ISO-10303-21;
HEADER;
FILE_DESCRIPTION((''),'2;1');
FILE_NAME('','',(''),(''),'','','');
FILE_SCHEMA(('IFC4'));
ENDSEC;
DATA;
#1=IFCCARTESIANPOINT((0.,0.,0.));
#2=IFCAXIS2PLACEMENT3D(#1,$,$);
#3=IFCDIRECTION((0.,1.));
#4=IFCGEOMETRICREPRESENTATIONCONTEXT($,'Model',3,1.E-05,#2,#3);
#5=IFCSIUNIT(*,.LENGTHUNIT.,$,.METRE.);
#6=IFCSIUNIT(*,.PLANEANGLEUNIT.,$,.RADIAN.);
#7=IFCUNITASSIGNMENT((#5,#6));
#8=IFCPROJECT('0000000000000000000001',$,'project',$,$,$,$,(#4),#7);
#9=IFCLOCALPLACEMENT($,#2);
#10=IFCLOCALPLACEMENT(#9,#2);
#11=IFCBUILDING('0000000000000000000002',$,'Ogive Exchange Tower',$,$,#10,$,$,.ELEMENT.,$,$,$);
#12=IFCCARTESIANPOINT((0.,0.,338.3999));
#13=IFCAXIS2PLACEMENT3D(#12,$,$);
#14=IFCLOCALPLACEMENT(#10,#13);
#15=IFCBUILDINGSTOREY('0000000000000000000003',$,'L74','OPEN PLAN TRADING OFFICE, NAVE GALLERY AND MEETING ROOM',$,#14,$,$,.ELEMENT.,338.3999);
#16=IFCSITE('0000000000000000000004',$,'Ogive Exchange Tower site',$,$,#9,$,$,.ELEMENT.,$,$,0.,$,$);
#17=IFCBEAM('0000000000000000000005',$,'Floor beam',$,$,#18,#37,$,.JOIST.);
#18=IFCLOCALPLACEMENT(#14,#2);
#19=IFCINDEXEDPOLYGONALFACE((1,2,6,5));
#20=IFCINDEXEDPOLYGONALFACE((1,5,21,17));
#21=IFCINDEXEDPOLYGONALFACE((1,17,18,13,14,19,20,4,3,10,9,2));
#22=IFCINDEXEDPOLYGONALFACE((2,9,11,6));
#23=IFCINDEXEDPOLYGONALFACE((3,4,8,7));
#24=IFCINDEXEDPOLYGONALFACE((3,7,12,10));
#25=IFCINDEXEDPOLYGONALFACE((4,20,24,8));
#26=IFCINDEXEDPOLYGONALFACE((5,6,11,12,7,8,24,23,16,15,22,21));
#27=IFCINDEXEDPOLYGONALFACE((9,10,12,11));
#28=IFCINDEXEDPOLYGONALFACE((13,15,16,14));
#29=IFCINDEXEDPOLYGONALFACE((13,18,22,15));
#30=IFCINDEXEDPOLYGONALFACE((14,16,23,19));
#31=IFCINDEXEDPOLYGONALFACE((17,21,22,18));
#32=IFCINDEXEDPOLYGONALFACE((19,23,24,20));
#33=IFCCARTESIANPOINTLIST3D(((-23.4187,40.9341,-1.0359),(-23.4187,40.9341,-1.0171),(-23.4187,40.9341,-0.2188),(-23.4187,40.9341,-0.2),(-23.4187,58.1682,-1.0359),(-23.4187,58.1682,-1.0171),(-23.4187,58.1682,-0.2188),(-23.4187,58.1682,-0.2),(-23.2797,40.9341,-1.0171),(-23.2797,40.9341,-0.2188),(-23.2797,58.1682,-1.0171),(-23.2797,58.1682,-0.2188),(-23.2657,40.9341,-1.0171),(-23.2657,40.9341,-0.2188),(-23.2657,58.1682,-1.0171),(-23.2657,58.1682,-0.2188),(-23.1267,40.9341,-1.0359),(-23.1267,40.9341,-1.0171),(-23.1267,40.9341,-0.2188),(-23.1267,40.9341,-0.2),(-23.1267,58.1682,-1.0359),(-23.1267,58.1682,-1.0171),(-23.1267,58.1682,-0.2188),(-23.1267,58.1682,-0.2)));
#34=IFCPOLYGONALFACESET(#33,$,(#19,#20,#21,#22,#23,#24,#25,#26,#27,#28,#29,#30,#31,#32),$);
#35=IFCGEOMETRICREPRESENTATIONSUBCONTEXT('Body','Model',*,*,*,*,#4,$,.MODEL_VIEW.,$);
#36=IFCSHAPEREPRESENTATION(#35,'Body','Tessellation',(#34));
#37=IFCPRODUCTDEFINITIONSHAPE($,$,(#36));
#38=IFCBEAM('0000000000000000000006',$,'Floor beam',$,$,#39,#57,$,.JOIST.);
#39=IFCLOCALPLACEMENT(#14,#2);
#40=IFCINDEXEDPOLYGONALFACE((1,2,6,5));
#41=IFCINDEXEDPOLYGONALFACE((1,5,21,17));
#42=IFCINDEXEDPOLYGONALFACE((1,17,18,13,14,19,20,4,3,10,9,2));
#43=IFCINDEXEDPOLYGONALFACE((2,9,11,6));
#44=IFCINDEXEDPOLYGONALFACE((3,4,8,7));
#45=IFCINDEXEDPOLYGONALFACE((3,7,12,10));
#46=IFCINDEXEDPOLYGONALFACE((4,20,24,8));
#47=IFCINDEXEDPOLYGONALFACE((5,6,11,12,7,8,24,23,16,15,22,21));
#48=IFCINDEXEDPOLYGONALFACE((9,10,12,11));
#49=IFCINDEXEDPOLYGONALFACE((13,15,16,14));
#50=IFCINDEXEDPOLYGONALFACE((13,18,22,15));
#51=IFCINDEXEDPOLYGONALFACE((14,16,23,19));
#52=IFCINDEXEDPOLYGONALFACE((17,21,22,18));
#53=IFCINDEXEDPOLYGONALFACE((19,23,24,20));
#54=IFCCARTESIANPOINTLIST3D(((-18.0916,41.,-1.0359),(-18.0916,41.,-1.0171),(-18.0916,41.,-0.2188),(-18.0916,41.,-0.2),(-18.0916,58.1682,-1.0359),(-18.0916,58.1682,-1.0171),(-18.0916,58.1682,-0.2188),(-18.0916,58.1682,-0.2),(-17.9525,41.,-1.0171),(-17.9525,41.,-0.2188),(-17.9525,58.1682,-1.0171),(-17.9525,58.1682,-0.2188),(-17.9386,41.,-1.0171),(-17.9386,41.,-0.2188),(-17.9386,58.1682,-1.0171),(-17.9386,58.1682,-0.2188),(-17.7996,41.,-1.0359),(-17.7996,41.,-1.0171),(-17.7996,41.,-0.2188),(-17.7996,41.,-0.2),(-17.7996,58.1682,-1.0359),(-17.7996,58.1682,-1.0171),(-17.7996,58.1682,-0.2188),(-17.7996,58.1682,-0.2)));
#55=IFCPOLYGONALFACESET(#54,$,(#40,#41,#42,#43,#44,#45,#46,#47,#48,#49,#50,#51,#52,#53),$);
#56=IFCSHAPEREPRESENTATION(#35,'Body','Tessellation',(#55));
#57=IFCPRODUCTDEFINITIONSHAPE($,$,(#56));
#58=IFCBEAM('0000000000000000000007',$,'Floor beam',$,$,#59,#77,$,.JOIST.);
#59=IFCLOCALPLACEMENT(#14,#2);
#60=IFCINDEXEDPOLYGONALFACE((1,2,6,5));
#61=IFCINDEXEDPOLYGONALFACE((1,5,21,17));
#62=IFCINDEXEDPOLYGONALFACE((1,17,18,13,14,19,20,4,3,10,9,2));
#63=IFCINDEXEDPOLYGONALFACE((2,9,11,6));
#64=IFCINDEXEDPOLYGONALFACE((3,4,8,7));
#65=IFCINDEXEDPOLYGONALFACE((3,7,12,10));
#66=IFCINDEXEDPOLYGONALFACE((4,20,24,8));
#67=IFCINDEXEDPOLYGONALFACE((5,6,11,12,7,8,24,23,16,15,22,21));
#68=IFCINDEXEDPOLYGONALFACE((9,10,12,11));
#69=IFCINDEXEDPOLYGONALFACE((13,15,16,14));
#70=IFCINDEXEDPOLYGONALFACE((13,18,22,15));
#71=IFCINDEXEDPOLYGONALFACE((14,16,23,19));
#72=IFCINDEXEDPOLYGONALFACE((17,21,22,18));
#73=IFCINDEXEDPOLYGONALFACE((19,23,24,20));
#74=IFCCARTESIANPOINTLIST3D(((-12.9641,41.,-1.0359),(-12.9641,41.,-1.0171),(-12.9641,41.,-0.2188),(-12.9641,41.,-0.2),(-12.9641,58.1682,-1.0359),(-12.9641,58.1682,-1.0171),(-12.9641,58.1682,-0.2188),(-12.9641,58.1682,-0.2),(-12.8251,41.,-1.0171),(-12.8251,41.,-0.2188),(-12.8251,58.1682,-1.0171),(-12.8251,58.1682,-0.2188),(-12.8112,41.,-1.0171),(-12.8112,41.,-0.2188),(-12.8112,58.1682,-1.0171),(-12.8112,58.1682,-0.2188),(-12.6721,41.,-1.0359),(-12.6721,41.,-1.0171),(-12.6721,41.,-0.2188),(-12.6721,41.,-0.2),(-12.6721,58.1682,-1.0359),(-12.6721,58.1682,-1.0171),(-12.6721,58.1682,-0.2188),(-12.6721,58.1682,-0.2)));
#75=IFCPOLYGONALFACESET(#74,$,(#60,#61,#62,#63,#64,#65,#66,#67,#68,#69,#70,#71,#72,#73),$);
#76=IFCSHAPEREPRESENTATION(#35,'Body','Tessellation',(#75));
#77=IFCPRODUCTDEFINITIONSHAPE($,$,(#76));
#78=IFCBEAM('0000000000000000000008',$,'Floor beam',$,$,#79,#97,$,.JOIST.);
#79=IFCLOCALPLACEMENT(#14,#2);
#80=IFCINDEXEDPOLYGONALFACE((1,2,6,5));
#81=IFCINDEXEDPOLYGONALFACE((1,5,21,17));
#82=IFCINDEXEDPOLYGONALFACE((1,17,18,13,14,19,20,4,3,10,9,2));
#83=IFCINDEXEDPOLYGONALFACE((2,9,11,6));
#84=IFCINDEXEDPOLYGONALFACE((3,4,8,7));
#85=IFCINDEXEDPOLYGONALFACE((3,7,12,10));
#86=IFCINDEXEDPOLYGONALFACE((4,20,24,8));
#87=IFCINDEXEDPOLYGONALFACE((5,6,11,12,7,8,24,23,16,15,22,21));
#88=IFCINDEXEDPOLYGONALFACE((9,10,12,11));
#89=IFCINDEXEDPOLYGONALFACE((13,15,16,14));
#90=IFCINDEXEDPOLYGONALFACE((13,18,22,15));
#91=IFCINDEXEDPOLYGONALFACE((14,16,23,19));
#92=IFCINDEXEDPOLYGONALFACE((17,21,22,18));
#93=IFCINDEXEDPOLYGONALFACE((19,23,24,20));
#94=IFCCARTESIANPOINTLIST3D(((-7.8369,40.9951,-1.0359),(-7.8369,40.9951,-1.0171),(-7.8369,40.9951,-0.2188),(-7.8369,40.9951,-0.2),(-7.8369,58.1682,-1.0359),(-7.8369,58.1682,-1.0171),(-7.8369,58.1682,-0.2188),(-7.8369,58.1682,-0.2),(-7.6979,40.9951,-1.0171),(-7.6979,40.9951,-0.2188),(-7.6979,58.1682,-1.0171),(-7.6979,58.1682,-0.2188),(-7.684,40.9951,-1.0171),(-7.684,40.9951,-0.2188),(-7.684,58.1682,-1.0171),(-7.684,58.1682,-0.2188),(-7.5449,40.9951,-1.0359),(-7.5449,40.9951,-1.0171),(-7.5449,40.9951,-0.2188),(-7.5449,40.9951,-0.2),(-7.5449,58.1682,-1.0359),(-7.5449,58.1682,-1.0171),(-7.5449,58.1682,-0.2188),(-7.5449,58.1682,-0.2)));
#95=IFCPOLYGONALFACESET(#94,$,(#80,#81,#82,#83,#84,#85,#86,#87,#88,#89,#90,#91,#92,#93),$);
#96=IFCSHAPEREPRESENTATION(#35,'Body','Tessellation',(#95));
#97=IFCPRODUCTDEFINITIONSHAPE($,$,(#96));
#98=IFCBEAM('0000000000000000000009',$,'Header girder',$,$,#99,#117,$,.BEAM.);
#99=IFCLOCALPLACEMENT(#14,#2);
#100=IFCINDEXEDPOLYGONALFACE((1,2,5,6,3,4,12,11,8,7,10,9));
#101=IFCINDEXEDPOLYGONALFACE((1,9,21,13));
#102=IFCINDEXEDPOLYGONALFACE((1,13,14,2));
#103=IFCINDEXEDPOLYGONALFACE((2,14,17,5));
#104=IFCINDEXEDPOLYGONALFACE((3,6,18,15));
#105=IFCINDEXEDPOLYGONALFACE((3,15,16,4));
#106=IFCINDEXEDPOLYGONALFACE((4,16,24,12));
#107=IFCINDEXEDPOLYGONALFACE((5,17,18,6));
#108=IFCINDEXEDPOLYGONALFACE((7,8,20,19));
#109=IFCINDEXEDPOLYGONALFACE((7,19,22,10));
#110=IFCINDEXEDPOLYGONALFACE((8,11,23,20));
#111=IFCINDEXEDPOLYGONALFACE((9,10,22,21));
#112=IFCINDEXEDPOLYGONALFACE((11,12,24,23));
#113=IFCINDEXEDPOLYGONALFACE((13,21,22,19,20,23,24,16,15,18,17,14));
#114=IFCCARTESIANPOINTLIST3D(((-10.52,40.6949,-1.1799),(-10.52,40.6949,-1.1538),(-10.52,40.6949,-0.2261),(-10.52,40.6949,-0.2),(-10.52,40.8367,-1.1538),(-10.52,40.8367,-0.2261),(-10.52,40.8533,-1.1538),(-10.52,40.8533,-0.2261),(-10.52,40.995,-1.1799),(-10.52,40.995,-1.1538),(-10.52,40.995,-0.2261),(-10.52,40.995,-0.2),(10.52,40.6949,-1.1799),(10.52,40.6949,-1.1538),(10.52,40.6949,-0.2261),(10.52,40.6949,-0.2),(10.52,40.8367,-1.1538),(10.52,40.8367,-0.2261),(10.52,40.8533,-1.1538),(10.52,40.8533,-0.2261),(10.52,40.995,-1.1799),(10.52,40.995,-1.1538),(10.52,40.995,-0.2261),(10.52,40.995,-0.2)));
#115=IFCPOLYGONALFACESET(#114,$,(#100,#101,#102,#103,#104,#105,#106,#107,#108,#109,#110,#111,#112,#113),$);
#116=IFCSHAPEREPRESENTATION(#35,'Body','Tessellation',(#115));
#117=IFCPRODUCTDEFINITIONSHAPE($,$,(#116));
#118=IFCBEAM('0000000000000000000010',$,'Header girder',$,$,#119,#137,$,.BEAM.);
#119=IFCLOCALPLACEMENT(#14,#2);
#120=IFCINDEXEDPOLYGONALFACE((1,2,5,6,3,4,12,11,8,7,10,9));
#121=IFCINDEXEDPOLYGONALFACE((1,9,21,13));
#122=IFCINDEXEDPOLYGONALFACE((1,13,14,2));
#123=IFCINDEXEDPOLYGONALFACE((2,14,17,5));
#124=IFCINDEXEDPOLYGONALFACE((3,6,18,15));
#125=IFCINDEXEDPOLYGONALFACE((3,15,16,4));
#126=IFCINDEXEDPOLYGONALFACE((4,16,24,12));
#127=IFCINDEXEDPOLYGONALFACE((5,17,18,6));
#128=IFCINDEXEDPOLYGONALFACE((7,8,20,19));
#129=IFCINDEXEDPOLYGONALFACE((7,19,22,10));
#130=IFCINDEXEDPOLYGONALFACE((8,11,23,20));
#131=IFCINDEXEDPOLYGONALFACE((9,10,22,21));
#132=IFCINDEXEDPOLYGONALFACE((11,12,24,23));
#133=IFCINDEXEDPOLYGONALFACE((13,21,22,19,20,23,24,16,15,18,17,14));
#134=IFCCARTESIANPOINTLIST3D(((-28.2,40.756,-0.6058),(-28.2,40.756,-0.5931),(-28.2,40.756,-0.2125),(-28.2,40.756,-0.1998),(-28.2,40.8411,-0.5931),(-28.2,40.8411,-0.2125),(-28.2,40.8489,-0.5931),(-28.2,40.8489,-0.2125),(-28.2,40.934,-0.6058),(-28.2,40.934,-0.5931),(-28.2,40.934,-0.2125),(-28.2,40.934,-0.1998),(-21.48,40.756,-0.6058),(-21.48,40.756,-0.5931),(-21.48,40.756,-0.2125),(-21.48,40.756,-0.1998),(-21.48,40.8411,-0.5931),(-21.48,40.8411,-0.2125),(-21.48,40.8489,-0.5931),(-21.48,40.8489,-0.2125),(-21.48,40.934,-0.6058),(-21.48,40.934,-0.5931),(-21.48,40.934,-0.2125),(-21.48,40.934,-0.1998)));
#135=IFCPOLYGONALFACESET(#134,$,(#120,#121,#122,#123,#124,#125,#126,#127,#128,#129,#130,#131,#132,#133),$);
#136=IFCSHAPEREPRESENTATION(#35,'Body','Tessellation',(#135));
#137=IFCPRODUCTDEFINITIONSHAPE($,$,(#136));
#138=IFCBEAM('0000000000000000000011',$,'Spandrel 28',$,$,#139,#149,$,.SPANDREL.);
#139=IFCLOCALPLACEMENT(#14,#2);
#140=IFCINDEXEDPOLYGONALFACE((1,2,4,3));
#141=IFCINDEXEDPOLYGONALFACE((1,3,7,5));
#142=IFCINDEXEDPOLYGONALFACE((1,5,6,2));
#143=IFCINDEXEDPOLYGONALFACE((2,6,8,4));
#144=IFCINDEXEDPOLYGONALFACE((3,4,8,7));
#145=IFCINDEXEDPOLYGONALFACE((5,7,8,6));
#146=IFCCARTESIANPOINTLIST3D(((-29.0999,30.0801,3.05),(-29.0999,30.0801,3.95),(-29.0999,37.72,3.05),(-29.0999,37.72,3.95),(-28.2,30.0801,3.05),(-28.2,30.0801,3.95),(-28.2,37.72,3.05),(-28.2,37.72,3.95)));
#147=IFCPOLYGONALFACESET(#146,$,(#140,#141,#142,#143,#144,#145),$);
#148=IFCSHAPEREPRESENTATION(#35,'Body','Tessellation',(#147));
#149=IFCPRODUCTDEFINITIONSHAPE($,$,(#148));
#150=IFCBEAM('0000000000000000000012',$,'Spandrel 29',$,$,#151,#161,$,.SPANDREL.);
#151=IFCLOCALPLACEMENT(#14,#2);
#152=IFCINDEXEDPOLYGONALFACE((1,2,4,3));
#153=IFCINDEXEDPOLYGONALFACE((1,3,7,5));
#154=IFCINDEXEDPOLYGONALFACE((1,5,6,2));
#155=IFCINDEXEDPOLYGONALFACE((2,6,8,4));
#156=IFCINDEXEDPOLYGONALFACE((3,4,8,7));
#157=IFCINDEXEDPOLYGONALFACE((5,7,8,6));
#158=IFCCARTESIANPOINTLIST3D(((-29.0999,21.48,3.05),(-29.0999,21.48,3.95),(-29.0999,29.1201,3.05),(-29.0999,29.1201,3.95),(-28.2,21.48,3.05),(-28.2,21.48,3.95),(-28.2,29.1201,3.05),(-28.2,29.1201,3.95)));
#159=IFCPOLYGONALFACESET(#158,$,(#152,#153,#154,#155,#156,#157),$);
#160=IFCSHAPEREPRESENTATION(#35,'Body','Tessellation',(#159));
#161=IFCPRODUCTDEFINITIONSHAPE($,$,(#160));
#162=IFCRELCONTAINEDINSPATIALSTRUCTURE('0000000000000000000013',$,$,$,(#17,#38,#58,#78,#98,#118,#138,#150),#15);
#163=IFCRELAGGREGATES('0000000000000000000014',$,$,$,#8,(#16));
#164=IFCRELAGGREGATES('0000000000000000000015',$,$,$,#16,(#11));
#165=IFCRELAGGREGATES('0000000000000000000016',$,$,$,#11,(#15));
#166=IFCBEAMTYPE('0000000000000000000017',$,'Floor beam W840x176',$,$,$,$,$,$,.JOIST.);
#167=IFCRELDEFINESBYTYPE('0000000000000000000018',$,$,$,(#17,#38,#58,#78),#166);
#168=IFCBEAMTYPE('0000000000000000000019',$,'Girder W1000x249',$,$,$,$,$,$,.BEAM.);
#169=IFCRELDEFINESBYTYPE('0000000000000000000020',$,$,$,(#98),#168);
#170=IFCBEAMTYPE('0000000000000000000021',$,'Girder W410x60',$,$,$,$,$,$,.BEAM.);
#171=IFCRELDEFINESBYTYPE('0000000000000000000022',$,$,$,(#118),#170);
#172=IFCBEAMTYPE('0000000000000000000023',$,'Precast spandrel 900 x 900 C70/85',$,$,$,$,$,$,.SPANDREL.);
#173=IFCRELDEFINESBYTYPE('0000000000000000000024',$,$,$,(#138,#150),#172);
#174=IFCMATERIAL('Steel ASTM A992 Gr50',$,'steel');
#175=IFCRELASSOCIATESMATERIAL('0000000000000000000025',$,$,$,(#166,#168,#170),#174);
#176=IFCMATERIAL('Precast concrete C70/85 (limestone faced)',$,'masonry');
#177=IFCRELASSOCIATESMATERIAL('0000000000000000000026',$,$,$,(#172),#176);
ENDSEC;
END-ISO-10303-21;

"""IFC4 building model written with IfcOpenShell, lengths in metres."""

from ifc_helpers import new_model, si_unit, direction, frame, origin, origin_2d, place, context, subcontext, project, spatial, rectangle, i_section, extrude, material, material_profile, profile_set, type_object, element, save


model = new_model("IFC4")

# Units and contexts
model_context = context("Model", 3, precision=1e-05, world=origin(), true_north=direction((0.0, 1.0)))
body_context = subcontext(model_context, "Body", "Model", "MODEL_VIEW")
ifc_project = project(units=[si_unit("LENGTHUNIT", "METRE"), si_unit("PLANEANGLEUNIT", "RADIAN")], contexts=[model_context])

# Site, building, storey
site_placement = place(None, origin())
site = spatial("IfcSite", under=ifc_project, at=site_placement, Name="Ogive Exchange Tower site", CompositionType="ELEMENT", RefElevation=0.0)
building_placement = place(site_placement, origin())
building = spatial("IfcBuilding", under=site, at=building_placement, Name="Ogive Exchange Tower", CompositionType="ELEMENT")
storey_placement = place(building_placement, frame((0.0, 0.0, 338.3999)))
storey = spatial("IfcBuildingStorey", under=building, at=storey_placement, Name="L74", Description="OPEN PLAN TRADING OFFICE, NAVE GALLERY AND MEETING ROOM", CompositionType="ELEMENT", Elevation=338.3999)

# Shared definitions
ifc_material_1 = material(Name="Precast concrete C70/85 (limestone faced)", Category="masonry")

# Beams
ifc_material_2 = material(Name="Steel ASTM A992 Gr50", Category="steel")
ifc_material_profile_1 = material_profile(ifc_material_2, i_section(OverallWidth=0.292, OverallDepth=0.8359, WebThickness=0.0139, FlangeThickness=0.0188, at=origin_2d()), Name="W840x176")
ifc_profile_set_1 = profile_set([ifc_material_profile_1], Name="Steel ASTM A992 Gr50")
beam_type_1 = type_object("IfcBeamType", Name="Floor beam W840x176", PredefinedType="JOIST", material=ifc_profile_set_1)
beam_1_placement = place(storey_placement, frame((-23.2727, 40.9341, -0.6179), z_axis=(0.0, 1.0, 0.0), x_axis=(-1.0, 0.0, 0.0)))
element("IfcBeam", 1, at=beam_1_placement, inside=storey, type_object=beam_type_1, Name="Floor beam", PredefinedType="JOIST", context=body_context, shape_type="SweptSolid", body=[
    extrude(i_section(OverallWidth=0.292, OverallDepth=0.8359, WebThickness=0.0139, FlangeThickness=0.0188, at=origin_2d()), origin(), (0.0, 0.0, 1.0), 17.2341),
])
for number, where, z_axis, x_axis, name in (
    (2, (-17.9456, 41.0, -0.6179), (0.0, 1.0, 0.0), (-1.0, 0.0, 0.0), "Floor beam"),
    (3, (-12.8181, 41.0, -0.6179), (0.0, 1.0, 0.0), (-1.0, 0.0, 0.0), "Floor beam"),
):
    element("IfcBeam", number, at=place(storey_placement, frame(where, z_axis=z_axis, x_axis=x_axis)), inside=storey, type_object=beam_type_1, Name=name, PredefinedType="JOIST", context=body_context, shape_type="SweptSolid", body=[
        extrude(i_section(OverallWidth=0.292, OverallDepth=0.8359, WebThickness=0.0139, FlangeThickness=0.0188, at=origin_2d()), origin(), (0.0, 0.0, 1.0), 17.1682),
    ])
beam_2_placement = place(storey_placement, frame((-7.6909, 40.9951, -0.6179), z_axis=(0.0, 1.0, 0.0), x_axis=(-1.0, 0.0, 0.0)))
element("IfcBeam", 4, at=beam_2_placement, inside=storey, type_object=beam_type_1, Name="Floor beam", PredefinedType="JOIST", context=body_context, shape_type="SweptSolid", body=[
    extrude(i_section(OverallWidth=0.292, OverallDepth=0.8359, WebThickness=0.0139, FlangeThickness=0.0188, at=origin_2d()), origin(), (0.0, 0.0, 1.0), 17.1731),
])
ifc_material_profile_2 = material_profile(ifc_material_2, i_section(OverallWidth=0.3, OverallDepth=0.98, WebThickness=0.0166, FlangeThickness=0.0261, at=origin_2d()), Name="W1000x249")
ifc_profile_set_2 = profile_set([ifc_material_profile_2], Name="Steel ASTM A992 Gr50")
beam_type_2 = type_object("IfcBeamType", Name="Girder W1000x249", PredefinedType="BEAM", material=ifc_profile_set_2)
beam_3_placement = place(storey_placement, frame((-10.52, 40.845, -0.6899), z_axis=(1.0, 0.0, 0.0), x_axis=(0.0, 1.0, 0.0)))
element("IfcBeam", 5, at=beam_3_placement, inside=storey, type_object=beam_type_2, Name="Header girder", PredefinedType="BEAM", context=body_context, shape_type="SweptSolid", body=[
    extrude(i_section(OverallWidth=0.3, OverallDepth=0.98, WebThickness=0.0166, FlangeThickness=0.0261, at=origin_2d()), origin(), (0.0, 0.0, 1.0), 21.04),
])
ifc_material_profile_3 = material_profile(ifc_material_2, i_section(OverallWidth=0.178, OverallDepth=0.406, WebThickness=0.0078, FlangeThickness=0.0127, at=origin_2d()), Name="W410x60")
ifc_profile_set_3 = profile_set([ifc_material_profile_3], Name="Steel ASTM A992 Gr50")
beam_type_3 = type_object("IfcBeamType", Name="Girder W410x60", PredefinedType="BEAM", material=ifc_profile_set_3)
beam_4_placement = place(storey_placement, frame((-28.2, 40.845, -0.4028), z_axis=(1.0, 0.0, 0.0), x_axis=(0.0, 1.0, 0.0)))
element("IfcBeam", 6, at=beam_4_placement, inside=storey, type_object=beam_type_3, Name="Header girder", PredefinedType="BEAM", context=body_context, shape_type="SweptSolid", body=[
    extrude(i_section(OverallWidth=0.178, OverallDepth=0.406, WebThickness=0.0078, FlangeThickness=0.0127, at=origin_2d()), origin(), (0.0, 0.0, 1.0), 6.72),
])
ifc_material_profile_4 = material_profile(ifc_material_1, rectangle(XDim=0.8999, YDim=0.8999, at=origin_2d()), Name="900 x 900")
ifc_profile_set_4 = profile_set([ifc_material_profile_4], Name="Precast concrete C70/85 (limestone faced)")
beam_type_4 = type_object("IfcBeamType", Name="Precast spandrel 900 x 900 C70/85", PredefinedType="SPANDREL", material=ifc_profile_set_4)
beam_5_placement = place(storey_placement, frame((-28.6499, 37.72, 3.5), z_axis=(0.0, -1.0, 0.0), x_axis=(1.0, 0.0, 0.0)))
element("IfcBeam", 7, at=beam_5_placement, inside=storey, type_object=beam_type_4, Name="Spandrel 28", PredefinedType="SPANDREL", context=body_context, shape_type="SweptSolid", body=[
    extrude(rectangle(XDim=0.8999, YDim=0.8999, at=origin_2d()), origin(), (0.0, 0.0, 1.0), 7.6399),
])
beam_6_placement = place(storey_placement, frame((-28.6499, 29.1201, 3.5), z_axis=(0.0, -1.0, 0.0), x_axis=(1.0, 0.0, 0.0)))
element("IfcBeam", 8, at=beam_6_placement, inside=storey, type_object=beam_type_4, Name="Spandrel 29", PredefinedType="SPANDREL", context=body_context, shape_type="SweptSolid", body=[
    extrude(rectangle(XDim=0.8999, YDim=0.8999, at=origin_2d()), origin(), (0.0, 0.0, 1.0), 7.6401),
])

save(model, "model.ifc")
